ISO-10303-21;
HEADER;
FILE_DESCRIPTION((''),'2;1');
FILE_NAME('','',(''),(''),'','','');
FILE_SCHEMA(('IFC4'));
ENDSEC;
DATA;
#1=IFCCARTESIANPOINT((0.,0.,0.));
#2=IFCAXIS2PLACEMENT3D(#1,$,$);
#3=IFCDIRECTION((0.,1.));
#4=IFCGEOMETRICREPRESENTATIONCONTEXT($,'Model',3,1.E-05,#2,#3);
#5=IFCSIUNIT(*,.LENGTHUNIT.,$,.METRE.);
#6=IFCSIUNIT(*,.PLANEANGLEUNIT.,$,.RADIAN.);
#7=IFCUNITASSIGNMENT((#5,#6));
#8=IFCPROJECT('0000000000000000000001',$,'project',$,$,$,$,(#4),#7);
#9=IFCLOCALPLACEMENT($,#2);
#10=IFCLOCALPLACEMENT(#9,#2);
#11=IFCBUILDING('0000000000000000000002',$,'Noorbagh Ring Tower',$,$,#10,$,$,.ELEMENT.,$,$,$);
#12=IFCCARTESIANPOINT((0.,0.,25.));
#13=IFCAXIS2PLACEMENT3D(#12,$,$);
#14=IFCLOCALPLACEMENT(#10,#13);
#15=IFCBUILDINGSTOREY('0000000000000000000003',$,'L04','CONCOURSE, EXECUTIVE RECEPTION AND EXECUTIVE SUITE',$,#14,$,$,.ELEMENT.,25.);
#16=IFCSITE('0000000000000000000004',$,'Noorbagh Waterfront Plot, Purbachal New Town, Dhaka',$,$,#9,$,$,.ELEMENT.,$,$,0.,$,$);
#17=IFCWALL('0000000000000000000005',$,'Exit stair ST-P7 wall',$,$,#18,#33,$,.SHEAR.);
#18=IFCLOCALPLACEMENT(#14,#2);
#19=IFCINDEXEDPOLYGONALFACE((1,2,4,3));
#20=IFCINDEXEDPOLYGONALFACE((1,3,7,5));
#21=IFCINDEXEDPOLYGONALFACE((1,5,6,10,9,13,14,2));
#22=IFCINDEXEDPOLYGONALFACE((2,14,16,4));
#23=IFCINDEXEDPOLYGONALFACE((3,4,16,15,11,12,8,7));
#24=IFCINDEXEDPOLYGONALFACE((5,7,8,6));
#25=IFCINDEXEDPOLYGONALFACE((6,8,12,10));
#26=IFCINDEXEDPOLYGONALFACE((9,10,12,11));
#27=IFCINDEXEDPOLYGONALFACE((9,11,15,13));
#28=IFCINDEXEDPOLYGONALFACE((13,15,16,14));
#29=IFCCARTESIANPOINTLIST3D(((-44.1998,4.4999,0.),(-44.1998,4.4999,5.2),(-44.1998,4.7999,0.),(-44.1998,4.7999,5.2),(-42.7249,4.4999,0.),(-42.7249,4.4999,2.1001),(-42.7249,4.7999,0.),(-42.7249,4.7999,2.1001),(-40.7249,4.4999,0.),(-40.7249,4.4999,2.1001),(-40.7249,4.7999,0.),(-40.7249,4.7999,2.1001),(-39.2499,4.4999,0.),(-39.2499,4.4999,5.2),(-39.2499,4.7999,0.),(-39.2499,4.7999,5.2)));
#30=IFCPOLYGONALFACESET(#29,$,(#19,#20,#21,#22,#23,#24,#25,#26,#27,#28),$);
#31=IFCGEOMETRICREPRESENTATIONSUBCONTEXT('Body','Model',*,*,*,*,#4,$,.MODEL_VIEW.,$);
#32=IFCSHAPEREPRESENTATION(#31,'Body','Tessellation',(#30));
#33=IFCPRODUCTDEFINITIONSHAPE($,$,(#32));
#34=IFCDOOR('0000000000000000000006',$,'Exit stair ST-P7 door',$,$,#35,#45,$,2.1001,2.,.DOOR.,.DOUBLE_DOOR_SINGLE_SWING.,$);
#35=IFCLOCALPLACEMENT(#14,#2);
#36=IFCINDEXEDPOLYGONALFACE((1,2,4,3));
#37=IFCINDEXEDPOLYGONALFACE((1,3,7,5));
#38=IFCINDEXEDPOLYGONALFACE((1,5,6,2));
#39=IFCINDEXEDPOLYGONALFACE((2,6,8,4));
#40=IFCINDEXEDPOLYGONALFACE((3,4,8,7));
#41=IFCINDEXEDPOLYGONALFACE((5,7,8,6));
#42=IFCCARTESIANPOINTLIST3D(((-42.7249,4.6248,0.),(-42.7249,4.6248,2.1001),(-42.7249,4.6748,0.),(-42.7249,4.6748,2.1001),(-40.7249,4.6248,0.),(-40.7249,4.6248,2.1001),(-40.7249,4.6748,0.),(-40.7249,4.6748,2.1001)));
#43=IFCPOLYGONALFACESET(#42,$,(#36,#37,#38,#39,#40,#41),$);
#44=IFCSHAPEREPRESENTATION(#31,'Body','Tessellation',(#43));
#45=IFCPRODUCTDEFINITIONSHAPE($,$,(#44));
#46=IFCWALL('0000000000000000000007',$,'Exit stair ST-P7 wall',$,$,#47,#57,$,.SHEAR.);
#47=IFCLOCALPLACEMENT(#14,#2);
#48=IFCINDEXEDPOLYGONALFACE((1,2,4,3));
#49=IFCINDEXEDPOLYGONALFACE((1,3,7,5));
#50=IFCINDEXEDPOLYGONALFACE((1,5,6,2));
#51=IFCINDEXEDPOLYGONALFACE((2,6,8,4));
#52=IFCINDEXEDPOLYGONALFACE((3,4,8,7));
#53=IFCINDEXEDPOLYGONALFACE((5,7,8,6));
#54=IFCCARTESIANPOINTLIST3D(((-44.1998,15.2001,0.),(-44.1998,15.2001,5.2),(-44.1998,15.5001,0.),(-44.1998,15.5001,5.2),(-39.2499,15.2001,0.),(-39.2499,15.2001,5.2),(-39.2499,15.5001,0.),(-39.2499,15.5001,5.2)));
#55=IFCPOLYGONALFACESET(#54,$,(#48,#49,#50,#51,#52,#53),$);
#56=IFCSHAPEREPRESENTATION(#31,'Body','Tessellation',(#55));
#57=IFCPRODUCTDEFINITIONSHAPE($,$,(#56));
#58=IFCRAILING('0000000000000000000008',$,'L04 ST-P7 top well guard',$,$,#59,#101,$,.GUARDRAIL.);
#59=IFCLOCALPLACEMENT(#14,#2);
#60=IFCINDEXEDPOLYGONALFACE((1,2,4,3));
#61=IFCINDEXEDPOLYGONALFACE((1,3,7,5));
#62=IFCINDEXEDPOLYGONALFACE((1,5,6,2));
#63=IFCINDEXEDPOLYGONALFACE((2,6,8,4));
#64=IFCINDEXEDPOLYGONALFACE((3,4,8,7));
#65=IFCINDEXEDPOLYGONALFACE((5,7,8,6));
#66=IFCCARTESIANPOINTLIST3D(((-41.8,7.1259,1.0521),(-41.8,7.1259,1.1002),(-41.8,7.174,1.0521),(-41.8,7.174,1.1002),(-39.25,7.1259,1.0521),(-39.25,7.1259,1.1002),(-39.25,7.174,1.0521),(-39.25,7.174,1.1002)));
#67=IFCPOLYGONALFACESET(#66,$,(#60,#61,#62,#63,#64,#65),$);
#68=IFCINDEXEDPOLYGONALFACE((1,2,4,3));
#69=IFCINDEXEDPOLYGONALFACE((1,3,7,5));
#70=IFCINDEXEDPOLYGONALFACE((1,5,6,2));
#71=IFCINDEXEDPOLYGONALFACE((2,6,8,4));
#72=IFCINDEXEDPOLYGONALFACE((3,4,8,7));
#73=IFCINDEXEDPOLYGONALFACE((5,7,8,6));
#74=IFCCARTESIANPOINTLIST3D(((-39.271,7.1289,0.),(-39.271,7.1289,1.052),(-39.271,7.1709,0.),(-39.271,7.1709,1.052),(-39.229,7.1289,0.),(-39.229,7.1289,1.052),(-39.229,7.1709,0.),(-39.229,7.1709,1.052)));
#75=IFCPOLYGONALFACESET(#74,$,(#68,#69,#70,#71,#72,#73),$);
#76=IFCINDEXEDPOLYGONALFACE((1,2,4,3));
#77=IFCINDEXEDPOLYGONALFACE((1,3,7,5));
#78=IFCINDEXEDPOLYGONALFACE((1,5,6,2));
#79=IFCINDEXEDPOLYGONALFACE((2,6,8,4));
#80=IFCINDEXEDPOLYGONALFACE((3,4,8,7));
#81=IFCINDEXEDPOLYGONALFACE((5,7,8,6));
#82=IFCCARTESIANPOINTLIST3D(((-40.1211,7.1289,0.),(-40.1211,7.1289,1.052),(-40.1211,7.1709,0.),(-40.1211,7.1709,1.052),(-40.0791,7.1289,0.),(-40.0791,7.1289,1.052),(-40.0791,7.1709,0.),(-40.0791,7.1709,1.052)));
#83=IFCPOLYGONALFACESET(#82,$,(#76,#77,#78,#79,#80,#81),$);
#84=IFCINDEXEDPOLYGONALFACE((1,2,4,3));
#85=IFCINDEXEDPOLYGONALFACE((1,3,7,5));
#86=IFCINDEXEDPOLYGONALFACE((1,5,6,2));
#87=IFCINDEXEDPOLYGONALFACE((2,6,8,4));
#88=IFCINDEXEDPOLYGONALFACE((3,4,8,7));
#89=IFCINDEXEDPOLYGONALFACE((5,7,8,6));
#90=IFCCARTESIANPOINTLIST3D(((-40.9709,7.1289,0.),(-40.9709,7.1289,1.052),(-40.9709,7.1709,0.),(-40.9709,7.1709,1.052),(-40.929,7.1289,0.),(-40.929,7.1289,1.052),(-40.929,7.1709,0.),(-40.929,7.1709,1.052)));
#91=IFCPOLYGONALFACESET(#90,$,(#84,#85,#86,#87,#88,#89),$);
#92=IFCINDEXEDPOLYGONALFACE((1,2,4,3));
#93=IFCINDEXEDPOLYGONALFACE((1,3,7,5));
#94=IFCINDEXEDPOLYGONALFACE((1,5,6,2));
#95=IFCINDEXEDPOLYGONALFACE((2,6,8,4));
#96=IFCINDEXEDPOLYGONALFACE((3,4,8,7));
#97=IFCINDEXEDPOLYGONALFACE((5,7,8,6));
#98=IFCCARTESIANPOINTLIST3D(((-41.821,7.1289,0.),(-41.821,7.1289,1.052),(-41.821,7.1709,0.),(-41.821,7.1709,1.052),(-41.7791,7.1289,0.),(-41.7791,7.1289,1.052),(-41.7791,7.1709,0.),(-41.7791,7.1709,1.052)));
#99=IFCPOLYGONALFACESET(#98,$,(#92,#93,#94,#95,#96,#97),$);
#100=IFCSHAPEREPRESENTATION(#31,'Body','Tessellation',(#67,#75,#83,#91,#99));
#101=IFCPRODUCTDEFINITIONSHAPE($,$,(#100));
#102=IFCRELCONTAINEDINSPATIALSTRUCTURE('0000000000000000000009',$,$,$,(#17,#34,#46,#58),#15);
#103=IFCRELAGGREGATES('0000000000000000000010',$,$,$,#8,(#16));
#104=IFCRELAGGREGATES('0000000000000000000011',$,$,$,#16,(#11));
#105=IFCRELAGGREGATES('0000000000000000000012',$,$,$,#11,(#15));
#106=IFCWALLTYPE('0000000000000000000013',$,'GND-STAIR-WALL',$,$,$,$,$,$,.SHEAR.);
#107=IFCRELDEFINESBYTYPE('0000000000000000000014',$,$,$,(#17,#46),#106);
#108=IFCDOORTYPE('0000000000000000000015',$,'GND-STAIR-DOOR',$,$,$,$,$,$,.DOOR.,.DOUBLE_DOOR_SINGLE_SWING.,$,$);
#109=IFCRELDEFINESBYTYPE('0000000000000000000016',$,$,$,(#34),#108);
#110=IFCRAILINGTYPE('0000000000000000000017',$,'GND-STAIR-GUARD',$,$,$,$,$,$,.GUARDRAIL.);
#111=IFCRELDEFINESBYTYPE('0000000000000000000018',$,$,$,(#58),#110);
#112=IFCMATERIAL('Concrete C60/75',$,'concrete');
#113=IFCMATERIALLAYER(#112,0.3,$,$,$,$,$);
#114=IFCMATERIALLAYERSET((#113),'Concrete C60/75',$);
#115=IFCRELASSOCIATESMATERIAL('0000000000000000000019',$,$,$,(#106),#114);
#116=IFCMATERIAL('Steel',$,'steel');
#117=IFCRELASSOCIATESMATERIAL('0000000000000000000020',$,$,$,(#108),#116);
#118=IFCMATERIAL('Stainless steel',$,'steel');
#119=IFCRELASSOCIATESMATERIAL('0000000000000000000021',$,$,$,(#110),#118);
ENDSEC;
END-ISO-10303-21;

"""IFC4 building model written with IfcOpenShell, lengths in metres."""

from ifc_helpers import new_model, si_unit, direction, frame, frame_2d, origin, origin_2d, place, context, subcontext, project, spatial, rectangle, extrude, material, layer, layer_set, type_object, element, fill, save


model = new_model("IFC4")

# Units and contexts
model_context = context("Model", 3, precision=1e-05, world=origin(), true_north=direction((0.0, 1.0)))
body_context = subcontext(model_context, "Body", "Model", "MODEL_VIEW")
ifc_project = project(units=[si_unit("LENGTHUNIT", "METRE"), si_unit("PLANEANGLEUNIT", "RADIAN")], contexts=[model_context])

# Site, building, storey
site_placement = place(None, origin())
site = spatial("IfcSite", under=ifc_project, at=site_placement, Name="Noorbagh Waterfront Plot, Purbachal New Town, Dhaka", CompositionType="ELEMENT", RefElevation=0.0)
building_placement = place(site_placement, origin())
building = spatial("IfcBuilding", under=site, at=building_placement, Name="Noorbagh Ring Tower", CompositionType="ELEMENT")
storey_placement = place(building_placement, frame((0.0, 0.0, 25.0)))
storey = spatial("IfcBuildingStorey", under=building, at=storey_placement, Name="L04", Description="CONCOURSE, EXECUTIVE RECEPTION AND EXECUTIVE SUITE", CompositionType="ELEMENT", Elevation=25.0)

# Shared definitions
ifc_material_1 = material(Name="Concrete C60/75", Category="concrete")
ifc_layer_1 = layer(ifc_material_1, 0.3)
ifc_layer_set_1 = layer_set([ifc_layer_1], Name="Concrete C60/75")
wall_type_1 = type_object("IfcWallType", Name="GND-STAIR-WALL", PredefinedType="SHEAR", material=ifc_layer_set_1)

# Wall, opening, door
wall_1_placement = place(storey_placement, frame((-44.2, 4.6499, 0.0), z_axis=(0.0, 0.0, 1.0), x_axis=(1.0, 0.0, 0.0)))
wall_1 = element("IfcWall", 1, at=wall_1_placement, inside=storey, type_object=wall_type_1, Name="Exit stair ST-P7 wall", PredefinedType="SHEAR", context=body_context, shape_type="SweptSolid", body=[
    extrude(rectangle(XDim=4.95, YDim=0.3, at=frame_2d((2.4751, 0.0))), origin(), (0.0, 0.0, 1.0), 5.2),
])
opening_1_placement = place(wall_1_placement, frame((1.4751, 0.0, 0.0)))
opening_1 = element("IfcOpeningElement", 2, at=opening_1_placement, cuts=wall_1, PredefinedType="OPENING", context=body_context, shape_type="SweptSolid", body=[
    extrude(rectangle(XDim=2.0, YDim=2.1001, at=frame_2d((1.0, 1.05))), frame((0.0, 0.1602, 0.0), z_axis=(0.0, -1.0, 0.0), x_axis=(1.0, 0.0, 0.0)), (0.0, 0.0, 1.0), 0.3201),
])
ifc_material_2 = material(Name="Steel", Category="steel")
door_type_1 = type_object("IfcDoorType", Name="GND-STAIR-DOOR", OperationType="DOUBLE_DOOR_SINGLE_SWING", PredefinedType="DOOR", material=ifc_material_2)
door_1_placement = place(opening_1_placement, origin())
door_1 = element("IfcDoor", 3, at=door_1_placement, inside=storey, type_object=door_type_1, Name="Exit stair ST-P7 door", OperationType="DOUBLE_DOOR_SINGLE_SWING", OverallHeight=2.1001, OverallWidth=2.0, PredefinedType="DOOR", context=body_context, shape_type="SweptSolid", body=[
    extrude(rectangle(XDim=2.0, YDim=2.1001, at=frame_2d((1.0, 1.05))), frame((0.0, 0.0249, 0.0), z_axis=(0.0, -1.0, 0.0), x_axis=(1.0, 0.0, 0.0)), (0.0, 0.0, 1.0), 0.05),
])
fill(opening_1, door_1)

# Wall
wall_2_placement = place(storey_placement, frame((-44.2, 15.3501, 0.0), z_axis=(0.0, 0.0, 1.0), x_axis=(1.0, 0.0, 0.0)))
element("IfcWall", 4, at=wall_2_placement, inside=storey, type_object=wall_type_1, Name="Exit stair ST-P7 wall", PredefinedType="SHEAR", context=body_context, shape_type="SweptSolid", body=[
    extrude(rectangle(XDim=4.95, YDim=0.3, at=frame_2d((2.4751, 0.0))), origin(), (0.0, 0.0, 1.0), 5.2),
])

# Railing
ifc_material_3 = material(Name="Stainless steel", Category="steel")
railing_type = type_object("IfcRailingType", Name="GND-STAIR-GUARD", PredefinedType="GUARDRAIL", material=ifc_material_3)
railing_placement = place(storey_placement, frame((-39.25, 7.1499, 0.0)))
element("IfcRailing", 5, at=railing_placement, inside=storey, type_object=railing_type, Name="L04 ST-P7 top well guard", PredefinedType="GUARDRAIL", context=body_context, shape_type="SweptSolid", body=[
    extrude(rectangle(XDim=0.0481, YDim=0.0481, at=origin_2d()), frame((0.0, 0.0, 1.0762), z_axis=(-1.0, 0.0, 0.0), x_axis=(0.0, -1.0, 0.0)), (0.0, 0.0, 1.0), 2.55),
    extrude(rectangle(XDim=0.042, YDim=0.042, at=origin_2d()), origin(), (0.0, 0.0, 1.0), 1.052),
    extrude(rectangle(XDim=0.042, YDim=0.042, at=origin_2d()), frame((-0.8501, 0.0, 0.0)), (0.0, 0.0, 1.0), 1.052),
    extrude(rectangle(XDim=0.042, YDim=0.042, at=origin_2d()), frame((-1.7, 0.0, 0.0)), (0.0, 0.0, 1.0), 1.052),
    extrude(rectangle(XDim=0.042, YDim=0.042, at=origin_2d()), frame((-2.55, 0.0, 0.0)), (0.0, 0.0, 1.0), 1.052),
])

save(model, "model.ifc")
